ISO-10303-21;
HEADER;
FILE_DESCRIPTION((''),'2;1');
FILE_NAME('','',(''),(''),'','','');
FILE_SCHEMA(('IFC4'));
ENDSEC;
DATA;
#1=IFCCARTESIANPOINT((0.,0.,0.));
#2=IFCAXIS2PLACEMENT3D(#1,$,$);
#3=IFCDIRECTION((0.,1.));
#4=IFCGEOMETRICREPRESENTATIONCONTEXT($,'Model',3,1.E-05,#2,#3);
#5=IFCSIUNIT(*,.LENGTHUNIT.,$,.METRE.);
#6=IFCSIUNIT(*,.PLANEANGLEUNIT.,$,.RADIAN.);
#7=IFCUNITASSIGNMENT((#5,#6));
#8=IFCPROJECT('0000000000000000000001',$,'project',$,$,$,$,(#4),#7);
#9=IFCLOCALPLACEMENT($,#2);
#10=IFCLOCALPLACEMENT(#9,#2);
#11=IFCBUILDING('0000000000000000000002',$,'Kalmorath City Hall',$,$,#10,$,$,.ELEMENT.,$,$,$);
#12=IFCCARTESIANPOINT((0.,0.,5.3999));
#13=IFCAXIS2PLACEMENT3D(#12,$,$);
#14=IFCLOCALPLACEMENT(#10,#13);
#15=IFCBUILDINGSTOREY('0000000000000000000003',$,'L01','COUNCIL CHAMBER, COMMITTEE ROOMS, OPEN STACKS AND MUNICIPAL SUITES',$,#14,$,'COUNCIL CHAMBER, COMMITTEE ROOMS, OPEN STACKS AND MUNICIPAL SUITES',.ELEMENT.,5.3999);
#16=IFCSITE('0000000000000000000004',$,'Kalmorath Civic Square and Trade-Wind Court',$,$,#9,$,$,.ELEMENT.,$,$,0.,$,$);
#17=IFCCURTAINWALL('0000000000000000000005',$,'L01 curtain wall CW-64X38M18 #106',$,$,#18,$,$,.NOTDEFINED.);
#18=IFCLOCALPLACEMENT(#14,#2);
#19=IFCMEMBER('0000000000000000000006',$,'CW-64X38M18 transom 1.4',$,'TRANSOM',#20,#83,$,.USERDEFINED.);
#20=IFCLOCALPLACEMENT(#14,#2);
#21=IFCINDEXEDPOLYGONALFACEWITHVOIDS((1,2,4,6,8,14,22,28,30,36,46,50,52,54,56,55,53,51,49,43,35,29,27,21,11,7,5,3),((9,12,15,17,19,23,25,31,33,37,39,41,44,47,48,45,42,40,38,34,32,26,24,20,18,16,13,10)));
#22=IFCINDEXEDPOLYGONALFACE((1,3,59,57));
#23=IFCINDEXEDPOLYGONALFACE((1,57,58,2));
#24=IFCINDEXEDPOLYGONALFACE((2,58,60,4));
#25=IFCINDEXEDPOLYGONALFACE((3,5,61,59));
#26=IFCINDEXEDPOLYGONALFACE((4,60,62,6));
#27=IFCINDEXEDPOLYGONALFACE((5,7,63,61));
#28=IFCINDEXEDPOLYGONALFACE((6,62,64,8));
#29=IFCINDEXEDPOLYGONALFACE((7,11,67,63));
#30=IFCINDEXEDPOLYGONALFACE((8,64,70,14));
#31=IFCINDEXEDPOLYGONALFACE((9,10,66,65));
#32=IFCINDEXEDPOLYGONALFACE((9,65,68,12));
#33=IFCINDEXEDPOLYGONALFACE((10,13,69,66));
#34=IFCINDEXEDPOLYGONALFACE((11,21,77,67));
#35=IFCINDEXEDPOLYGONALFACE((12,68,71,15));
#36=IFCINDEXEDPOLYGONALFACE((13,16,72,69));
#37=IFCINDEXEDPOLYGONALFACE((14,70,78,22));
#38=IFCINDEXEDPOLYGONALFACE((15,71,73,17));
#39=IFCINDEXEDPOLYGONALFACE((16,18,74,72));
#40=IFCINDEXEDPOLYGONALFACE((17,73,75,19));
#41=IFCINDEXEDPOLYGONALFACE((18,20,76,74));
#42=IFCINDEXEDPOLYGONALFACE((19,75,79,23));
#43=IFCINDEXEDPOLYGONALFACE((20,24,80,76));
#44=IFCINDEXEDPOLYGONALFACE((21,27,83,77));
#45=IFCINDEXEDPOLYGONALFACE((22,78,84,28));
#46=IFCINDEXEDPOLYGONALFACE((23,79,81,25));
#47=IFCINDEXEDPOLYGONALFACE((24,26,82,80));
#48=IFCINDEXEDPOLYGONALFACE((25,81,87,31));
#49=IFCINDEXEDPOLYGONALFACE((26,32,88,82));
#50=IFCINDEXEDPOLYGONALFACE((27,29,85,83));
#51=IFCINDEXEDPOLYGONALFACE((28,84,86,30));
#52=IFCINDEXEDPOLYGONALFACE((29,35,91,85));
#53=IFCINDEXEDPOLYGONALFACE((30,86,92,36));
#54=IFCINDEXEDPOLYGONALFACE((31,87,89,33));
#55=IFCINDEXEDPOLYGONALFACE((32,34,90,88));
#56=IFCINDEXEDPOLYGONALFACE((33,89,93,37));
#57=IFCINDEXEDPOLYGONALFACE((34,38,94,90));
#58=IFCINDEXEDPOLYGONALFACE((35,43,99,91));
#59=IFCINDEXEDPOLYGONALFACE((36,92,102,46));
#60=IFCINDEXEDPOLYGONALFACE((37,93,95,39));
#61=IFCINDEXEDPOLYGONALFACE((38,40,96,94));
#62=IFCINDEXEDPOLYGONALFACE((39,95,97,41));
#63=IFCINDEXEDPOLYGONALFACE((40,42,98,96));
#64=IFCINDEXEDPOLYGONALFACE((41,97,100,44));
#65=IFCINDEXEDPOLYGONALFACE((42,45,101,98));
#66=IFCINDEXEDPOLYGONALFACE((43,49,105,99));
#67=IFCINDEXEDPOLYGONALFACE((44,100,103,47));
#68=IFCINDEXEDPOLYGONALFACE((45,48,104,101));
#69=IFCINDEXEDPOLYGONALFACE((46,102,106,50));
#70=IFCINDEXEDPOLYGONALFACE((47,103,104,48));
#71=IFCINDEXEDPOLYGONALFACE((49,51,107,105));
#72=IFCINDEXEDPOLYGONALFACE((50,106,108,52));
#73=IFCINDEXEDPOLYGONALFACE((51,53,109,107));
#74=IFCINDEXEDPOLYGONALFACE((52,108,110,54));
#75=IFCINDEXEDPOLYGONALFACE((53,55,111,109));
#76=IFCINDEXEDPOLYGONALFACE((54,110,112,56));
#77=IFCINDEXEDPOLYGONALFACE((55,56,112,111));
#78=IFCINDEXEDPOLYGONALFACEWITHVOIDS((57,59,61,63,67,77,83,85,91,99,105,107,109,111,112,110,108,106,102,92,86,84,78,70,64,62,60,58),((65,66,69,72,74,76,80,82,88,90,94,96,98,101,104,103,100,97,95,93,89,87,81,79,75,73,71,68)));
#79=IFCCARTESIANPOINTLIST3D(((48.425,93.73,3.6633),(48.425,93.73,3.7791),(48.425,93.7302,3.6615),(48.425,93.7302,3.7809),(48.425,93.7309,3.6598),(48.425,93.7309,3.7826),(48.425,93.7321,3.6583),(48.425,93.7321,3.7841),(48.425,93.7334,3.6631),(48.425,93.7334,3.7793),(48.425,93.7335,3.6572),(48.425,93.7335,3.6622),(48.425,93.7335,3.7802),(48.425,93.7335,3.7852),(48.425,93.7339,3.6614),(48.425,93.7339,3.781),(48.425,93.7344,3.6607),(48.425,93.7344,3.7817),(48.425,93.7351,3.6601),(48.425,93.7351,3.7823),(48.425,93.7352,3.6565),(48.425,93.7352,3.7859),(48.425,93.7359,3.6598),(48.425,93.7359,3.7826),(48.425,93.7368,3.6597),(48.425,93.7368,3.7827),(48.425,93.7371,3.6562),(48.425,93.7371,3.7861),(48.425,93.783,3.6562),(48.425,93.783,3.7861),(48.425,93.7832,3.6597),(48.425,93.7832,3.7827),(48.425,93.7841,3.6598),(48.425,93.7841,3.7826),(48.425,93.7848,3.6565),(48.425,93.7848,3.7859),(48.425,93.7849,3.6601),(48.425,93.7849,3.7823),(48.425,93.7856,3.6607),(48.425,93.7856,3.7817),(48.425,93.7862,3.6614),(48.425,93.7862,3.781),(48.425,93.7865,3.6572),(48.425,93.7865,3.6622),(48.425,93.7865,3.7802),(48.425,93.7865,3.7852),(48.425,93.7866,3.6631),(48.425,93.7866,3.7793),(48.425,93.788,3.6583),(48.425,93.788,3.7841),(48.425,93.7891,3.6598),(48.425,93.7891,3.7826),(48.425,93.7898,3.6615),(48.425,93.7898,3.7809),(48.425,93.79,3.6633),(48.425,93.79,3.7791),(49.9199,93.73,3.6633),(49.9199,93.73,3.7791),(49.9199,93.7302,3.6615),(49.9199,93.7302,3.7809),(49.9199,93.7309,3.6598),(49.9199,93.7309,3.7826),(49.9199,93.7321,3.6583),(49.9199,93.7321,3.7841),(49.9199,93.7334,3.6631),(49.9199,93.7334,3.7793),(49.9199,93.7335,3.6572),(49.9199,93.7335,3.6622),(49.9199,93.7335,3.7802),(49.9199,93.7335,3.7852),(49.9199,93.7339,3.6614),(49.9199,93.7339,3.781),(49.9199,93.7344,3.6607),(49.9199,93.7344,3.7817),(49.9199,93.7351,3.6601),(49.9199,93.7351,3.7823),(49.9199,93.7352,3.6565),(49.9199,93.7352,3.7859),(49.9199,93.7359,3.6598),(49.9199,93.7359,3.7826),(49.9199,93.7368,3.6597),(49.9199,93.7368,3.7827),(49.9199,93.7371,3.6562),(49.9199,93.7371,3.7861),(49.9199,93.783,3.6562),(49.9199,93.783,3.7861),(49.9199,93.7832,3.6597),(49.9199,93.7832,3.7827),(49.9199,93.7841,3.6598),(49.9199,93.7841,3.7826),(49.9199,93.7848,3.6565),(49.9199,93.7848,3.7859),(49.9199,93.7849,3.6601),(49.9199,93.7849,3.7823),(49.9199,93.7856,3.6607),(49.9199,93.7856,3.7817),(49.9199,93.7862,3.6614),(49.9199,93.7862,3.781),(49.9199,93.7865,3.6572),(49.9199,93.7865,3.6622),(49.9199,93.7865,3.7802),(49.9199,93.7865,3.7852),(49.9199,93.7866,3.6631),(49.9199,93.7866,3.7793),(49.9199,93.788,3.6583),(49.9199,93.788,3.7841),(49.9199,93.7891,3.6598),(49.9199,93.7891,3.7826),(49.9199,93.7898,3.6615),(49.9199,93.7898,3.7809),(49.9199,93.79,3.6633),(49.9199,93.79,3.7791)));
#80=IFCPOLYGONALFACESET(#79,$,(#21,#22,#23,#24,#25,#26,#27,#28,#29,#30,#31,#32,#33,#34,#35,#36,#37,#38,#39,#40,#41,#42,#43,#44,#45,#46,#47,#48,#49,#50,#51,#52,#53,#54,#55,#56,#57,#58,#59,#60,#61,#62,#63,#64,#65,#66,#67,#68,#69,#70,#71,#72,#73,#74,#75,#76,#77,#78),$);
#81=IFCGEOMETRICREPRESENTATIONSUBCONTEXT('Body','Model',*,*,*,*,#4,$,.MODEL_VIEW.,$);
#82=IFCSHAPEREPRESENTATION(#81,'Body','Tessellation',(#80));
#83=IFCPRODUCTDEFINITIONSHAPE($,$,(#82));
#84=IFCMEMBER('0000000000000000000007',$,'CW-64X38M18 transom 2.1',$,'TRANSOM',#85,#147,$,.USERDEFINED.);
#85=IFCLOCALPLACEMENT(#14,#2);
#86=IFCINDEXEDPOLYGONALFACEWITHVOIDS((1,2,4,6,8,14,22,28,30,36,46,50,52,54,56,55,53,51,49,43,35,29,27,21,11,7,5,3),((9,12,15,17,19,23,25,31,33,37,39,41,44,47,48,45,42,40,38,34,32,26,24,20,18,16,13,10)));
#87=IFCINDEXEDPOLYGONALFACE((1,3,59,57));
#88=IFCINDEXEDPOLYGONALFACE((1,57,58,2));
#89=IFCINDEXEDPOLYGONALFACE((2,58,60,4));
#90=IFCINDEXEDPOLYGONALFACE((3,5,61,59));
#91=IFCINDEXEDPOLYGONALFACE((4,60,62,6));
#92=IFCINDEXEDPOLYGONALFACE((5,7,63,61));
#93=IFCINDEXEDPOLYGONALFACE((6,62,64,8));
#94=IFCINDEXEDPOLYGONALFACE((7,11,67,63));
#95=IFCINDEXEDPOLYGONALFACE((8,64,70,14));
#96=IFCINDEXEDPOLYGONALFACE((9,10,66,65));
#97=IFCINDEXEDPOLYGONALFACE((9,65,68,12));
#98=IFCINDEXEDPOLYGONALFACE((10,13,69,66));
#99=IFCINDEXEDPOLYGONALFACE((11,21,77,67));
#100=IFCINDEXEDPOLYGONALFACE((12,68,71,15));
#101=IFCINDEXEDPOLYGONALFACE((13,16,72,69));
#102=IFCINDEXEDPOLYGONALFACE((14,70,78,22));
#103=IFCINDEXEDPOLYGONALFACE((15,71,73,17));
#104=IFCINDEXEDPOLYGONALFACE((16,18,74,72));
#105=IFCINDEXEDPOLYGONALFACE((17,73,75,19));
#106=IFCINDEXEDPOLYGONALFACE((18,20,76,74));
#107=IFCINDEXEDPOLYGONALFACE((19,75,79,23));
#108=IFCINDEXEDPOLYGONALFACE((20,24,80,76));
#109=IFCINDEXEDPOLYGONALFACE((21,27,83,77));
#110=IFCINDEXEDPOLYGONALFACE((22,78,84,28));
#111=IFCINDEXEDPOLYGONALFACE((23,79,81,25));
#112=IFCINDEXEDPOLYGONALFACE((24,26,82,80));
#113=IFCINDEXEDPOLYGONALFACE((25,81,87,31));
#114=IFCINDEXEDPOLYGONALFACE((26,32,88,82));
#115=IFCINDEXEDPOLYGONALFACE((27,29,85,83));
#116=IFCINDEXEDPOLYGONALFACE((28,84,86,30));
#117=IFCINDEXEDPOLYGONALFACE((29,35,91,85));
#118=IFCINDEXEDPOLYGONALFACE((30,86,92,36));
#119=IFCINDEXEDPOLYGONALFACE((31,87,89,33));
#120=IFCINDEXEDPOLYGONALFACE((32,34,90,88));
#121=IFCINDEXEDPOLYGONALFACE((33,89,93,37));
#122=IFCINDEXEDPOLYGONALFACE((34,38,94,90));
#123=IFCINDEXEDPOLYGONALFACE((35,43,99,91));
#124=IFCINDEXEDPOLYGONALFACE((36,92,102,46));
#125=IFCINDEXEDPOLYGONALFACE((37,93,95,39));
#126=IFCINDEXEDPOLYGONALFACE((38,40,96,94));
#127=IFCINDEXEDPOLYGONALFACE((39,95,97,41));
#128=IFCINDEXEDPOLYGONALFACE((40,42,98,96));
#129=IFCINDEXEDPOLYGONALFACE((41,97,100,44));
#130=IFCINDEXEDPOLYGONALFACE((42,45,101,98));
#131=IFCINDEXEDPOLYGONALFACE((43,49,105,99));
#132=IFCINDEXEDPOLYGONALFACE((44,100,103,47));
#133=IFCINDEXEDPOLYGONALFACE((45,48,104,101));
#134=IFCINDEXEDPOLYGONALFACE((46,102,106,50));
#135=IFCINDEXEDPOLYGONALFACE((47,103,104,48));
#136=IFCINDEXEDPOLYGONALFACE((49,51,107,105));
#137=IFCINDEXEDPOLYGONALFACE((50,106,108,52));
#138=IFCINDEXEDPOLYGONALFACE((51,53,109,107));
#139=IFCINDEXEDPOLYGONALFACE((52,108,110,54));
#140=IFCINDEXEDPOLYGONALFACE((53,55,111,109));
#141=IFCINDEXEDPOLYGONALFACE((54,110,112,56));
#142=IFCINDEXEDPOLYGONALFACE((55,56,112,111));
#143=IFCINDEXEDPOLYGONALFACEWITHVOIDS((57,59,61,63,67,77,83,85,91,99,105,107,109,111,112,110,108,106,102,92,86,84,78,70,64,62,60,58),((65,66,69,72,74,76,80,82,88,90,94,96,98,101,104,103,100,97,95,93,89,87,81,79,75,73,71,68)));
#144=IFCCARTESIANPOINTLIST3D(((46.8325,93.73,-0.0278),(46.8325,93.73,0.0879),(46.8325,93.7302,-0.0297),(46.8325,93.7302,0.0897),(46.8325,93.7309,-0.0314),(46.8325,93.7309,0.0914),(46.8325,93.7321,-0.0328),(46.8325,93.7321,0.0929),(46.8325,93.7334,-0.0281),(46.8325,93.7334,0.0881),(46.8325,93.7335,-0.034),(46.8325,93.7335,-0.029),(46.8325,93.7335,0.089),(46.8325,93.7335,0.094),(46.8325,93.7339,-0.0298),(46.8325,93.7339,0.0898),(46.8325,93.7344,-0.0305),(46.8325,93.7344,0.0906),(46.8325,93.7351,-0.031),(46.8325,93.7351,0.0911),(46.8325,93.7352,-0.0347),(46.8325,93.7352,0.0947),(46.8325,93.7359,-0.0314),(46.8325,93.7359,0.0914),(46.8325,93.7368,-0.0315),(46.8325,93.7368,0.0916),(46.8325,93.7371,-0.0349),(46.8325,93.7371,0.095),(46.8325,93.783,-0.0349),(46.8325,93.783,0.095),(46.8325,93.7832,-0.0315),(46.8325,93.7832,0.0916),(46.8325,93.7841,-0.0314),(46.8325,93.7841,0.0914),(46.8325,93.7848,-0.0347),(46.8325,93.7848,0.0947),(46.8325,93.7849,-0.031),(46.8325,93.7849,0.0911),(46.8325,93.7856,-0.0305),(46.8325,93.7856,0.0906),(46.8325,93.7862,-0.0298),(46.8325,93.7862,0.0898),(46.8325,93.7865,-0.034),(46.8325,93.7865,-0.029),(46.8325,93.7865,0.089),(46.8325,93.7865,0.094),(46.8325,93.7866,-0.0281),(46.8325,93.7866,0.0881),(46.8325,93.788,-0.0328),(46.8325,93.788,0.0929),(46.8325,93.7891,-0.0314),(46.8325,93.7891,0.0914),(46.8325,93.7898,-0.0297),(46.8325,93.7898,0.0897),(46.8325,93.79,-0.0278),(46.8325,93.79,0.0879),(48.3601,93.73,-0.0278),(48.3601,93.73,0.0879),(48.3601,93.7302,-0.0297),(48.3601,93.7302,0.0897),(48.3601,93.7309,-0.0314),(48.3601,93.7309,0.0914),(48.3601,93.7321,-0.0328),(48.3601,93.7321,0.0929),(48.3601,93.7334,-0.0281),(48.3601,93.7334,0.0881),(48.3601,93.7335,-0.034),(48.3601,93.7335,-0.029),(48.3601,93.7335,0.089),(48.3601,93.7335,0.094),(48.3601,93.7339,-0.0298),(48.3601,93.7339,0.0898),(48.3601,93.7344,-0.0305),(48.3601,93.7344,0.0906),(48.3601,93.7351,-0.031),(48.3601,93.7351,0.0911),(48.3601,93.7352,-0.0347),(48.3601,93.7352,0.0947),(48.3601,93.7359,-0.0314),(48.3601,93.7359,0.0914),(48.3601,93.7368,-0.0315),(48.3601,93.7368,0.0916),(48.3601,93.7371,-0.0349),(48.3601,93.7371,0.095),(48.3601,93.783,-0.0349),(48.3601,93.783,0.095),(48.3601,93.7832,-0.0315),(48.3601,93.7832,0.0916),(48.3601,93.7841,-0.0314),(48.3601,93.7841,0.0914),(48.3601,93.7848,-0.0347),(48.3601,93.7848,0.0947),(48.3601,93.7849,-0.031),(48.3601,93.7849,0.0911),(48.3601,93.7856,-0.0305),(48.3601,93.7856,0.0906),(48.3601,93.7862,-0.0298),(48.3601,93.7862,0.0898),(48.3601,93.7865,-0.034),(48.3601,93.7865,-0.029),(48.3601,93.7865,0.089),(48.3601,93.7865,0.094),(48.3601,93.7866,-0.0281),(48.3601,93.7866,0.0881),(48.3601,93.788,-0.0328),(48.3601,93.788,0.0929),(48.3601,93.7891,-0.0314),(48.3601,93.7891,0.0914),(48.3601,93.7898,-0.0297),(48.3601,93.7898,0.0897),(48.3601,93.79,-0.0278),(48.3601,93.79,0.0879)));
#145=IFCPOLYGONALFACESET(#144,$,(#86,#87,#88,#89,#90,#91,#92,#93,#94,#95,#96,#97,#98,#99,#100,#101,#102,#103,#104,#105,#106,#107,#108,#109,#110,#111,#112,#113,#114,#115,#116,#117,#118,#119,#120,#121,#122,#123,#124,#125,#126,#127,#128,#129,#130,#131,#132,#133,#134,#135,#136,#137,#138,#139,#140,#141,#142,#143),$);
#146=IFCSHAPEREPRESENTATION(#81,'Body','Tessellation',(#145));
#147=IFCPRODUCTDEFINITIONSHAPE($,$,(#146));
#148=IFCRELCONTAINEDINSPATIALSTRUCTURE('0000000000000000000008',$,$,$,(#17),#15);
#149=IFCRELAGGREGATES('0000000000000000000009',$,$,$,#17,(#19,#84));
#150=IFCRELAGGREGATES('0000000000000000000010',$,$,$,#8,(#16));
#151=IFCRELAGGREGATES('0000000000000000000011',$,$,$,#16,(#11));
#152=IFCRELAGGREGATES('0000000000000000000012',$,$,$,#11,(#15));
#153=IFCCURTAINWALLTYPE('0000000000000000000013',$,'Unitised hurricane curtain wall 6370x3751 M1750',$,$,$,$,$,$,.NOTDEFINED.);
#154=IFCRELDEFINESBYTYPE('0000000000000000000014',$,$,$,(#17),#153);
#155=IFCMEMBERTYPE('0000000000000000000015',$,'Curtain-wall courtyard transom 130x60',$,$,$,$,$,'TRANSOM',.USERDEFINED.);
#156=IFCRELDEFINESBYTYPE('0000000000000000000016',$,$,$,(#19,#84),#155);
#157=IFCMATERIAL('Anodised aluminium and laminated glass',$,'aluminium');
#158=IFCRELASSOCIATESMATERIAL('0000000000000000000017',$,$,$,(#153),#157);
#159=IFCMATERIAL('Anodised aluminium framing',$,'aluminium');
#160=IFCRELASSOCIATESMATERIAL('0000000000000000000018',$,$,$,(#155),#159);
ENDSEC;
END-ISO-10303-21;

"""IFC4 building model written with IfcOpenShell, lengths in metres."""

from ifc_helpers import new_model, si_unit, direction, frame, origin, origin_2d, place, context, subcontext, project, spatial, hollow_rectangle, extrude, material, material_profile, profile_set, type_object, element, aggregate, save


model = new_model("IFC4")

# Units and contexts
model_context = context("Model", 3, precision=1e-05, world=origin(), true_north=direction((0.0, 1.0)))
body_context = subcontext(model_context, "Body", "Model", "MODEL_VIEW")
ifc_project = project(units=[si_unit("LENGTHUNIT", "METRE"), si_unit("PLANEANGLEUNIT", "RADIAN")], contexts=[model_context])

# Site, building, storey
site_placement = place(None, origin())
site = spatial("IfcSite", under=ifc_project, at=site_placement, Name="Kalmorath Civic Square and Trade-Wind Court", CompositionType="ELEMENT", RefElevation=0.0)
building_placement = place(site_placement, origin())
building = spatial("IfcBuilding", under=site, at=building_placement, Name="Kalmorath City Hall", CompositionType="ELEMENT")
storey_placement = place(building_placement, frame((0.0, 0.0, 5.3999)))
storey = spatial("IfcBuildingStorey", under=building, at=storey_placement, Name="L01", Description="COUNCIL CHAMBER, COMMITTEE ROOMS, OPEN STACKS AND MUNICIPAL SUITES", LongName="COUNCIL CHAMBER, COMMITTEE ROOMS, OPEN STACKS AND MUNICIPAL SUITES", CompositionType="ELEMENT", Elevation=5.3999)

# Curtain wall, members
ifc_material_1 = material(Name="Anodised aluminium and laminated glass", Category="aluminium")
curtain_wall_type_1 = type_object("IfcCurtainWallType", Name="Unitised hurricane curtain wall 6370x3751 M1750", PredefinedType="NOTDEFINED", material=ifc_material_1)
curtain_wall_1_placement = place(storey_placement, origin())
curtain_wall_1 = element("IfcCurtainWall", 1, at=curtain_wall_1_placement, inside=storey, type_object=curtain_wall_type_1, Name="L01 curtain wall CW-64X38M18 #106", PredefinedType="NOTDEFINED")
ifc_material_2 = material(Name="Anodised aluminium framing", Category="aluminium")
ifc_material_profile_1 = material_profile(ifc_material_2, hollow_rectangle(XDim=0.0601, YDim=0.1299, WallThickness=0.0034, InnerFilletRadius=0.0034, OuterFilletRadius=0.0071, at=origin_2d()), Name="ALU-TRN-130X60X3.5")
ifc_profile_set_1 = profile_set([ifc_material_profile_1], Name="Anodised aluminium framing")
member_type_1 = type_object("IfcMemberType", Name="Curtain-wall courtyard transom 130x60", ElementType="TRANSOM", PredefinedType="USERDEFINED", material=ifc_profile_set_1)
member_1_placement = place(storey_placement, frame((49.9199, 93.76, 3.7212), z_axis=(-1.0, 0.0, 0.0), x_axis=(0.0, -1.0, 0.0)))
member_1 = element("IfcMember", 2, at=member_1_placement, type_object=member_type_1, Name="CW-64X38M18 transom 1.4", ObjectType="TRANSOM", PredefinedType="USERDEFINED", context=body_context, shape_type="SweptSolid", body=[
    extrude(hollow_rectangle(XDim=0.0601, YDim=0.1299, WallThickness=0.0034, InnerFilletRadius=0.0034, OuterFilletRadius=0.0071, at=origin_2d()), origin(), (0.0, 0.0, 1.0), 1.4949),
])
member_2_placement = place(storey_placement, frame((48.3601, 93.76, 0.03), z_axis=(-1.0, 0.0, 0.0), x_axis=(0.0, -1.0, 0.0)))
member_2 = element("IfcMember", 3, at=member_2_placement, type_object=member_type_1, Name="CW-64X38M18 transom 2.1", ObjectType="TRANSOM", PredefinedType="USERDEFINED", context=body_context, shape_type="SweptSolid", body=[
    extrude(hollow_rectangle(XDim=0.0601, YDim=0.1299, WallThickness=0.0034, InnerFilletRadius=0.0034, OuterFilletRadius=0.0071, at=origin_2d()), origin(), (0.0, 0.0, 1.0), 1.5276),
])

aggregate(curtain_wall_1, [member_1, member_2])

save(model, "model.ifc")
